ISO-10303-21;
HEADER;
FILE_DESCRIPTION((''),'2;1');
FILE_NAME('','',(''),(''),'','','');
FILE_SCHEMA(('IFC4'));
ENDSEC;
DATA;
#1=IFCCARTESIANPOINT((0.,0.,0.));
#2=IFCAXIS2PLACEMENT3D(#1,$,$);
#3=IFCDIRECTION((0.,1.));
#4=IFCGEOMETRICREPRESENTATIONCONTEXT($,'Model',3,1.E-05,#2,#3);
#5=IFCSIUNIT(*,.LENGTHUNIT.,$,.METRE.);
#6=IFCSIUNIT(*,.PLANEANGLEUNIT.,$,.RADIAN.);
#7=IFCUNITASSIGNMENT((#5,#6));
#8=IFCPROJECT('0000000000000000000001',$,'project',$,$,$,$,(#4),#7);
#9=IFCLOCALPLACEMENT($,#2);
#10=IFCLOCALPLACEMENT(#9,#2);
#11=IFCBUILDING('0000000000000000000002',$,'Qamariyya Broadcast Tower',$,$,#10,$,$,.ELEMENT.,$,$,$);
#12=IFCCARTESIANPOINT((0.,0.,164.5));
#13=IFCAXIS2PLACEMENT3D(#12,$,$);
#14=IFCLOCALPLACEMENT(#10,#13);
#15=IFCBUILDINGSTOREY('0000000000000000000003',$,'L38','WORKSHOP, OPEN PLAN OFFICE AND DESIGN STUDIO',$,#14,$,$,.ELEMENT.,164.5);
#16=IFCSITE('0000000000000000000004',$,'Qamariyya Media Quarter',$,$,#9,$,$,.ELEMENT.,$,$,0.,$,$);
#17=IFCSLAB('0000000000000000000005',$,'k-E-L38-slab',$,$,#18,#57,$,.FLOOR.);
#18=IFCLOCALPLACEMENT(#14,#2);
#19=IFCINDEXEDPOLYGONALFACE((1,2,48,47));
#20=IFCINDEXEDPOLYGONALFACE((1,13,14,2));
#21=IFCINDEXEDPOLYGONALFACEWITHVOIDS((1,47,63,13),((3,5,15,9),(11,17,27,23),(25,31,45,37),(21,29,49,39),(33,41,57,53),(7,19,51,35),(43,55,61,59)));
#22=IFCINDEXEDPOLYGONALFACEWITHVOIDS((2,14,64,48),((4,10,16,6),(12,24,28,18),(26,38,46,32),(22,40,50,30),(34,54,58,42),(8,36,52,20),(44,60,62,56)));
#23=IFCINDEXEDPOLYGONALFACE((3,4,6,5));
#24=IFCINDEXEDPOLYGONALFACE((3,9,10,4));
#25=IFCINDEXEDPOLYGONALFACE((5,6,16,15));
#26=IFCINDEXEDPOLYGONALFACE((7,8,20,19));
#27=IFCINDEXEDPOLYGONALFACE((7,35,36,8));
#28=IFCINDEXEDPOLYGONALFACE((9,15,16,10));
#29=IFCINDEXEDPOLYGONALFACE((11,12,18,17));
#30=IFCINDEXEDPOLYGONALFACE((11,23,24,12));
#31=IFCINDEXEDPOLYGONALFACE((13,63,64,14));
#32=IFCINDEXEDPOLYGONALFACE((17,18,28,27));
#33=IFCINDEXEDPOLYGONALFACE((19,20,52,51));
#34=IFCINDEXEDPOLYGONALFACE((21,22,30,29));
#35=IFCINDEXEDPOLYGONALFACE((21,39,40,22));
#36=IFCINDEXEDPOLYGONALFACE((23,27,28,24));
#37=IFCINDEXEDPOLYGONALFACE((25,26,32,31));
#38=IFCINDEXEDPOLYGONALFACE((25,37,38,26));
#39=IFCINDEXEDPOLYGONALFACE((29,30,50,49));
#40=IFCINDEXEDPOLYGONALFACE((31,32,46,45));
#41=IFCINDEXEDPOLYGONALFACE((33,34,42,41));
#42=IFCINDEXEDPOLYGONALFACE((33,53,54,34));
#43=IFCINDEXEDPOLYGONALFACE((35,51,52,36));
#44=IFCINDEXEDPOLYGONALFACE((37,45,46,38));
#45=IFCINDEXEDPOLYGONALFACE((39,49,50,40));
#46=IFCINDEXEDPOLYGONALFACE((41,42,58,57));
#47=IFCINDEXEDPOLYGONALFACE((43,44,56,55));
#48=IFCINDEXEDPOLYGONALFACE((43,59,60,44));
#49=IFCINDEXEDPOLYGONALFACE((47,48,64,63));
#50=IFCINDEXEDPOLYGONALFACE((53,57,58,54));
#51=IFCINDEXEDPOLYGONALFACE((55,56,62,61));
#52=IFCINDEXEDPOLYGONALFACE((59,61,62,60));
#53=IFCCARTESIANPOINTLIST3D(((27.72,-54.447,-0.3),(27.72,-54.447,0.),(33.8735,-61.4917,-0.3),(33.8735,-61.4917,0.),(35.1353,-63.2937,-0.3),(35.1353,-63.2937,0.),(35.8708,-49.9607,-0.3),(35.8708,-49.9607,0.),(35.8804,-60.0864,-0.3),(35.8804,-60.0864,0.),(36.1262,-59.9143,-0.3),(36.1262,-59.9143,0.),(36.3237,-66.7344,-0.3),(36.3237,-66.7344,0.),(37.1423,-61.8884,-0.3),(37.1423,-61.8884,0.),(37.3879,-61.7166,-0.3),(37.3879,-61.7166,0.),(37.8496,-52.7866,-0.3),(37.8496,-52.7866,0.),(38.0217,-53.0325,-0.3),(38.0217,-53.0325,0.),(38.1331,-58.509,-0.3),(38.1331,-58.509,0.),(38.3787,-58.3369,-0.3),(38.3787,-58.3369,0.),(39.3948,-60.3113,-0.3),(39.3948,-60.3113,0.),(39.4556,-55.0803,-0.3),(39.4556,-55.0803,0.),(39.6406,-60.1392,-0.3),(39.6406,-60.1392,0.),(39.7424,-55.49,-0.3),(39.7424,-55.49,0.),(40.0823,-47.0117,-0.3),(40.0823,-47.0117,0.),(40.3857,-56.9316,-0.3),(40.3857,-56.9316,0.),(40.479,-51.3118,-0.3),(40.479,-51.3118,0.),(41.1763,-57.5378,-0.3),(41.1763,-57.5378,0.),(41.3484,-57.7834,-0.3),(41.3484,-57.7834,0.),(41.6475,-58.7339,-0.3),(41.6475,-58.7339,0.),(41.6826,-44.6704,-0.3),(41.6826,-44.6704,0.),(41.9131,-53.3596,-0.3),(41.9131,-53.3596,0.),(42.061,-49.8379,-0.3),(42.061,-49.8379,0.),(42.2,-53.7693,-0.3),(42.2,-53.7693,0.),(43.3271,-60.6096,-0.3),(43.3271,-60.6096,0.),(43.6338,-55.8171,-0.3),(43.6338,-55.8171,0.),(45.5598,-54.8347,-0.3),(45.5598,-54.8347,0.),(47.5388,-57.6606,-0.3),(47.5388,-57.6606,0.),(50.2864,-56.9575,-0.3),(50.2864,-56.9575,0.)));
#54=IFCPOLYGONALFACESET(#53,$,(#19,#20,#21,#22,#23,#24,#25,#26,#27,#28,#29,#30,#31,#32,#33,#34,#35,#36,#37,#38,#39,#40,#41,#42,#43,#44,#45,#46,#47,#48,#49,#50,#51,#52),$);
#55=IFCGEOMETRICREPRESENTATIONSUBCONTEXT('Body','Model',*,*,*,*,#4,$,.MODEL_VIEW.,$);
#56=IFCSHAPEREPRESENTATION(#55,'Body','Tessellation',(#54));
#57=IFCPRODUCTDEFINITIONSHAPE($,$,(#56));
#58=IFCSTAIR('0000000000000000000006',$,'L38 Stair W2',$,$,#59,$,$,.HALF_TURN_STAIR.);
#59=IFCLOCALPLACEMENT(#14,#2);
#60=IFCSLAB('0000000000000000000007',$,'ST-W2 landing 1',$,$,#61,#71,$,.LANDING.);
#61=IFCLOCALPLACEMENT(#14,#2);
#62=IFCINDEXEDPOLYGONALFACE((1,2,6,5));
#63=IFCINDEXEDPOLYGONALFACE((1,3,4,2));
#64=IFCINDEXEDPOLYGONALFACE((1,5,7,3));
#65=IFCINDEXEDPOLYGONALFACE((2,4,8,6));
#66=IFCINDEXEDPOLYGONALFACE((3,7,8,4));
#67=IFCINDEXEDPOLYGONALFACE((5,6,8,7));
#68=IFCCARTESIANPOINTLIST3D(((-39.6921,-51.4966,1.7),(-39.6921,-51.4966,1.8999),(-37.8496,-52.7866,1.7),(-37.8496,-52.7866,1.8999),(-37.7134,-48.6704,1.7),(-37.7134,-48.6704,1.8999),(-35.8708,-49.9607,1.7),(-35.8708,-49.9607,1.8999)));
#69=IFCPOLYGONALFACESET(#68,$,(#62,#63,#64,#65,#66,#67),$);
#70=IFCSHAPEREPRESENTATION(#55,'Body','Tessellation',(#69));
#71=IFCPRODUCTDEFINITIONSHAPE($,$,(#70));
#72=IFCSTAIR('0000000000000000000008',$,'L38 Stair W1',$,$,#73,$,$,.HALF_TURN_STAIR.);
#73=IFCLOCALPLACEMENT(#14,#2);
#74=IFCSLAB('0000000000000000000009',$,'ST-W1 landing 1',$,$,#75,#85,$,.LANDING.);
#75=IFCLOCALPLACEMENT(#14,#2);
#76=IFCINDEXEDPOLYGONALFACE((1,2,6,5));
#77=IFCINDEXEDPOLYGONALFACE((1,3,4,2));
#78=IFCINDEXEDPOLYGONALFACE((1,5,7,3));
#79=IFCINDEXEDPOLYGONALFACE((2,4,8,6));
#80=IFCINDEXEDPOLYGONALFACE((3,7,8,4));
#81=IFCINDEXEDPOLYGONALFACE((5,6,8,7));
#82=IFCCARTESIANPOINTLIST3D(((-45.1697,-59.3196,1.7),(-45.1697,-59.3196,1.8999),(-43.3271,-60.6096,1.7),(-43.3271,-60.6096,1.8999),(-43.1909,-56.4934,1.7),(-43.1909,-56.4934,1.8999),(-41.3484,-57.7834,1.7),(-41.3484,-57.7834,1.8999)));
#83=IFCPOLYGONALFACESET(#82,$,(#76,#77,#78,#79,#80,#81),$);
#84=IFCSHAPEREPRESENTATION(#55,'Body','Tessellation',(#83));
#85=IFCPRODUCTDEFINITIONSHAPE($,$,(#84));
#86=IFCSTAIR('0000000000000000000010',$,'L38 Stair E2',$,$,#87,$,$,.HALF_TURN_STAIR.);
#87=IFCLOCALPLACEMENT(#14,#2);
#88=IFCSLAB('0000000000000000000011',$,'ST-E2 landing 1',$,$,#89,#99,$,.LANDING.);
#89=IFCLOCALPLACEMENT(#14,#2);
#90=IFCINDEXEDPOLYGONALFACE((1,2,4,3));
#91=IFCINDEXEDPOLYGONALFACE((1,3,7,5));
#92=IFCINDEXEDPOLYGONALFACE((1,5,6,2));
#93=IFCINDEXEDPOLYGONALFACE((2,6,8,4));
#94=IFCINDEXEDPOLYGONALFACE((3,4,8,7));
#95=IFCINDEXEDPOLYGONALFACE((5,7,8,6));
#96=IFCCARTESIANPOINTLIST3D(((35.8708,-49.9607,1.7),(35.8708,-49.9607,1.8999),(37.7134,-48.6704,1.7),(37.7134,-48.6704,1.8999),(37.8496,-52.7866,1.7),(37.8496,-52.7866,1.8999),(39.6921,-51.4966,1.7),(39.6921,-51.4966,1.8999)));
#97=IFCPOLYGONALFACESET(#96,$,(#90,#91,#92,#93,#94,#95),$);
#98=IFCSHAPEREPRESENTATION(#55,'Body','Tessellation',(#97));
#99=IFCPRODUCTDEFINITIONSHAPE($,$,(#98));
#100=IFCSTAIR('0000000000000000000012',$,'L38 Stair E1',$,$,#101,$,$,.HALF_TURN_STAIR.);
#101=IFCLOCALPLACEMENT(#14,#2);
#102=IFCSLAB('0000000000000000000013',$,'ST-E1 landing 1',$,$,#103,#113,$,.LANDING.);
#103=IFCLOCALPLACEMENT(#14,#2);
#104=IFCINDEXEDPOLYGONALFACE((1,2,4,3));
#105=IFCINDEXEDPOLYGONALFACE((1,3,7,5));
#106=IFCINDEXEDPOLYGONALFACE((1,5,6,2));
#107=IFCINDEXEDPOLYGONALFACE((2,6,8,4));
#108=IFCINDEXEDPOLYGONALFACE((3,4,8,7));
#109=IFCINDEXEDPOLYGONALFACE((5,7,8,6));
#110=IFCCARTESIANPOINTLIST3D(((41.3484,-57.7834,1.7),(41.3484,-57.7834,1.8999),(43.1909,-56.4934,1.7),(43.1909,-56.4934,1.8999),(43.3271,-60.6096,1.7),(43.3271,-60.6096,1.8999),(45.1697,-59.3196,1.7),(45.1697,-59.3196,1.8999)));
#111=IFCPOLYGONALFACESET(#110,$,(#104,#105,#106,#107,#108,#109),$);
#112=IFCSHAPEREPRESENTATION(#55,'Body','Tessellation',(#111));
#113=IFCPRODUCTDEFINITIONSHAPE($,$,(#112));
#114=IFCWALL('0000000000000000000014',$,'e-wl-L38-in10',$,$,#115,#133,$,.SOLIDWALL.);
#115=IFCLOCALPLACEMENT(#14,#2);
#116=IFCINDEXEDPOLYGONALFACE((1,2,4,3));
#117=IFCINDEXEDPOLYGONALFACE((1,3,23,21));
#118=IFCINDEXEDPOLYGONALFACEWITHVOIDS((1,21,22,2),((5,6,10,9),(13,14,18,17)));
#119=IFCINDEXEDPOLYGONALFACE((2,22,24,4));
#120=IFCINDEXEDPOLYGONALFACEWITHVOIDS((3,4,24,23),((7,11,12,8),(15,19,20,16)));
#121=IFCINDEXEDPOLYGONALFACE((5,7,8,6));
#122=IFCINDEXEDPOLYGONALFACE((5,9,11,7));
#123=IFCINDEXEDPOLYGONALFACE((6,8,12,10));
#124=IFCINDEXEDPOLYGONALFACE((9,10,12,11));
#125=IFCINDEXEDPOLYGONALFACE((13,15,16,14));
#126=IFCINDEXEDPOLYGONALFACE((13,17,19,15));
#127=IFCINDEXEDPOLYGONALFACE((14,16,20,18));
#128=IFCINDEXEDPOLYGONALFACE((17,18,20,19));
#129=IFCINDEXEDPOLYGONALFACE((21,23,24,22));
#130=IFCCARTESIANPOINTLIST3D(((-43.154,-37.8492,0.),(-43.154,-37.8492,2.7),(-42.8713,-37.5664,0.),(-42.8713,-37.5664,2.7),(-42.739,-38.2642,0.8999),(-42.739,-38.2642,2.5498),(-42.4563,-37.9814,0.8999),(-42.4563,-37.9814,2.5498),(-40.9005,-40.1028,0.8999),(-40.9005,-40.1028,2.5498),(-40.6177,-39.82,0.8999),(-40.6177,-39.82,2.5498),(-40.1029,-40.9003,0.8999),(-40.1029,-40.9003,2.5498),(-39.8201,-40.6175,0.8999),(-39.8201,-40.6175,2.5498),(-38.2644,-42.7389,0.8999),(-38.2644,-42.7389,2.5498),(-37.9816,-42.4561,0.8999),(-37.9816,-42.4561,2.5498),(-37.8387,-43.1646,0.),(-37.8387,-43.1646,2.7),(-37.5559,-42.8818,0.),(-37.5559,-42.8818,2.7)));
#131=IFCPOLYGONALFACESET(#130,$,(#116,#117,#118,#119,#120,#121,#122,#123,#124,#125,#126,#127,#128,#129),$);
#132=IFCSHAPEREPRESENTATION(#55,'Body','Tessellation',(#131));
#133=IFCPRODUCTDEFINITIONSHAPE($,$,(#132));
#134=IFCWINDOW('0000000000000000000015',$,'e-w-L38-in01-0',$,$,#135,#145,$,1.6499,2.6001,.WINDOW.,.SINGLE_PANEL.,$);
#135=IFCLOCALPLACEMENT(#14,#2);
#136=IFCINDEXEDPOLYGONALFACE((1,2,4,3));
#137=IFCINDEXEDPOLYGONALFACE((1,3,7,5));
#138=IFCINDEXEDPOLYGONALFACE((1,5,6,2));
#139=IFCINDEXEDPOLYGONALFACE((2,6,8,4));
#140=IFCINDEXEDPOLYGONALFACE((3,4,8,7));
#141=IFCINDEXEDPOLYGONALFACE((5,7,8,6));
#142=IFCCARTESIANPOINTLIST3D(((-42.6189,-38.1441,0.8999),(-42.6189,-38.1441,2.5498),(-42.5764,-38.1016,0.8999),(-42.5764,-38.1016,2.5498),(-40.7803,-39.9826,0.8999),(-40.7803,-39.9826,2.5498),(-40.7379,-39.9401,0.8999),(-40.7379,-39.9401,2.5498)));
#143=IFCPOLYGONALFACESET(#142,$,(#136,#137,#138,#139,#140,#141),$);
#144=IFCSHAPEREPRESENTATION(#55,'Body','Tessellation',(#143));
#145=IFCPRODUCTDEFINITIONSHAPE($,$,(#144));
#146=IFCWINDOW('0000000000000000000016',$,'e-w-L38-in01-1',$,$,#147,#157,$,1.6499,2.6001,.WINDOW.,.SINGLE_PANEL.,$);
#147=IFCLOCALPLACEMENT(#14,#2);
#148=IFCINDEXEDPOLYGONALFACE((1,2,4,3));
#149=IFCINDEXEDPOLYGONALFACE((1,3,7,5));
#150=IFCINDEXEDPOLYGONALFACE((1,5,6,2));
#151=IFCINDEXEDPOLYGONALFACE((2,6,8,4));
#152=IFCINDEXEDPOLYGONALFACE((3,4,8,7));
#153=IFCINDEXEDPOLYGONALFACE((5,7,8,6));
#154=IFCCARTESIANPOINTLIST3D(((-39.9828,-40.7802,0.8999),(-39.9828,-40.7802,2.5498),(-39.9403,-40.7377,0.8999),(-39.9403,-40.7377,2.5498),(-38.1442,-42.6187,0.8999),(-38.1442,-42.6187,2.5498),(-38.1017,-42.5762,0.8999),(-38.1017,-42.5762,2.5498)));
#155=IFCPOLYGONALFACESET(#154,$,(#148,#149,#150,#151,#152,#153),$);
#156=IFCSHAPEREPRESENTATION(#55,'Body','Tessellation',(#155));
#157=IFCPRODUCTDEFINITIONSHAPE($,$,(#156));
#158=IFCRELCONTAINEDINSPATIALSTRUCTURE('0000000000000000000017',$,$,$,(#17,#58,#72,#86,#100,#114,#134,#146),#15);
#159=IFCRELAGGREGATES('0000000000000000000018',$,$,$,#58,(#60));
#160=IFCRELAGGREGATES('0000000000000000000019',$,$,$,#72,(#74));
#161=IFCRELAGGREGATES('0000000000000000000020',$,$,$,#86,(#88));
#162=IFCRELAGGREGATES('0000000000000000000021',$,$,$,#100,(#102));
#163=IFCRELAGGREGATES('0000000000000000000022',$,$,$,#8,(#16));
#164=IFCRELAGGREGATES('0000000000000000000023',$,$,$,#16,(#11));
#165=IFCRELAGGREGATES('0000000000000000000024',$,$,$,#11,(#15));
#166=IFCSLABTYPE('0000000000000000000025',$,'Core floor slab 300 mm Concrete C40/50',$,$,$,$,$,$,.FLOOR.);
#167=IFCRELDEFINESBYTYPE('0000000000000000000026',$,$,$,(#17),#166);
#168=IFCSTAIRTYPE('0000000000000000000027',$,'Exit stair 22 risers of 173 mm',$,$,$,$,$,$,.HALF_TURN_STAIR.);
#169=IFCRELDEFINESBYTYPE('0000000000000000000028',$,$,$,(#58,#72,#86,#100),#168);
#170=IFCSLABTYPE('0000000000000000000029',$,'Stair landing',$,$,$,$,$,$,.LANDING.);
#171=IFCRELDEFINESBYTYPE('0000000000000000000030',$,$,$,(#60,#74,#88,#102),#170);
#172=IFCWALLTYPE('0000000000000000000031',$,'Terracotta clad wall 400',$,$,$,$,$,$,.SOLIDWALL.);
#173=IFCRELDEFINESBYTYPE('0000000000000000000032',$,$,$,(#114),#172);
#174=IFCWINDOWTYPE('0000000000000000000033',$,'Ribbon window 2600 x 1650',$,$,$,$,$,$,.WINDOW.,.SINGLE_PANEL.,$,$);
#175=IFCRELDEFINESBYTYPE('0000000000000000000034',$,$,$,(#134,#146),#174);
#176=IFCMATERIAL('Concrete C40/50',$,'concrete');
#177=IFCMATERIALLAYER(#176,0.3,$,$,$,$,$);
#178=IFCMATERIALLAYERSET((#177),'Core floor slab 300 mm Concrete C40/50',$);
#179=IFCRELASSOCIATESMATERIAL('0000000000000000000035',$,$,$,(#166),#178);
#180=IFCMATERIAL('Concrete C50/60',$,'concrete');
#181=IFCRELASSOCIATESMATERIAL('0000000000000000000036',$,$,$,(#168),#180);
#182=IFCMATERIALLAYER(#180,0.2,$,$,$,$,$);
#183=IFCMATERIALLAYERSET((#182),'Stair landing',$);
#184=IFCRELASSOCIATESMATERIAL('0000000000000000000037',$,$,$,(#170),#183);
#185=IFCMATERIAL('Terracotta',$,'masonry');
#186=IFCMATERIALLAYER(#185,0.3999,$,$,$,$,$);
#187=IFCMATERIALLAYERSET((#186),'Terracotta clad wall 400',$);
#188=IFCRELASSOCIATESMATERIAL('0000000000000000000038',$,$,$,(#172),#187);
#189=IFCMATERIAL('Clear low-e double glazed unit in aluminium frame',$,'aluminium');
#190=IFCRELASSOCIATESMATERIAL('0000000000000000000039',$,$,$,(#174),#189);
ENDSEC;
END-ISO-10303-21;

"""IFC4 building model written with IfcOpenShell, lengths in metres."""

from ifc_helpers import new_model, si_unit, direction, frame, frame_2d, origin, place, context, subcontext, project, spatial, polyline, rectangle, outline, extrude, material, layer, layer_set, type_object, element, fill, aggregate, save


model = new_model("IFC4")

# Units and contexts
model_context = context("Model", 3, precision=1e-05, world=origin(), true_north=direction((0.0, 1.0)))
body_context = subcontext(model_context, "Body", "Model", "MODEL_VIEW")
ifc_project = project(units=[si_unit("LENGTHUNIT", "METRE"), si_unit("PLANEANGLEUNIT", "RADIAN")], contexts=[model_context])

# Site, building, storey
site_placement = place(None, origin())
site = spatial("IfcSite", under=ifc_project, at=site_placement, Name="Qamariyya Media Quarter", CompositionType="ELEMENT", RefElevation=0.0)
building_placement = place(site_placement, origin())
building = spatial("IfcBuilding", under=site, at=building_placement, Name="Qamariyya Broadcast Tower", CompositionType="ELEMENT")
storey_placement = place(building_placement, frame((0.0, 0.0, 164.5)))
storey = spatial("IfcBuildingStorey", under=building, at=storey_placement, Name="L38", Description="WORKSHOP, OPEN PLAN OFFICE AND DESIGN STUDIO", CompositionType="ELEMENT", Elevation=164.5)

# Shared definitions
ifc_material_1 = material(Name="Concrete C40/50", Category="concrete")

# Slab
ifc_layer_1 = layer(ifc_material_1, 0.3)
ifc_layer_set_1 = layer_set([ifc_layer_1], Name="Core floor slab 300 mm Concrete C40/50")
slab_type_1 = type_object("IfcSlabType", Name="Core floor slab 300 mm Concrete C40/50", PredefinedType="FLOOR", material=ifc_layer_set_1)
slab_1_placement = place(storey_placement, frame((0.0, 0.0, -0.3)))
element("IfcSlab", 1, at=slab_1_placement, inside=storey, type_object=slab_type_1, Name="k-E-L38-slab", PredefinedType="FLOOR", context=body_context, shape_type="SweptSolid", body=[
    extrude(outline(polyline([(36.3237, -66.7344), (50.2864, -56.9575), (41.6826, -44.6704), (27.72, -54.447), (36.3237, -66.7344)]), holes=[polyline([(33.8735, -61.4917), (35.8804, -60.0864), (37.1423, -61.8884), (35.1353, -63.2937), (33.8735, -61.4917)]), polyline([(36.1262, -59.9143), (38.1331, -58.509), (39.3948, -60.3113), (37.3879, -61.7166), (36.1262, -59.9143)]), polyline([(38.3787, -58.3369), (40.3857, -56.9316), (41.6475, -58.7339), (39.6406, -60.1392), (38.3787, -58.3369)]), polyline([(39.7424, -55.49), (42.2, -53.7693), (43.6338, -55.8171), (41.1763, -57.5378), (39.7424, -55.49)]), polyline([(39.4556, -55.0803), (41.9131, -53.3596), (40.479, -51.3118), (38.0217, -53.0325), (39.4556, -55.0803)]), polyline([(40.0823, -47.0117), (35.8708, -49.9607), (37.8496, -52.7866), (42.061, -49.8379), (40.0823, -47.0117)]), polyline([(45.5598, -54.8347), (41.3484, -57.7834), (43.3271, -60.6096), (47.5388, -57.6606), (45.5598, -54.8347)])]), origin(), (0.0, 0.0, 1.0), 0.3),
])

# Stairs, slabs
ifc_material_2 = material(Name="Concrete C50/60", Category="concrete")
stair_type = type_object("IfcStairType", Name="Exit stair 22 risers of 173 mm", PredefinedType="HALF_TURN_STAIR", material=ifc_material_2)
stair_1_placement = place(storey_placement, origin())
stair_1 = element("IfcStair", 2, at=stair_1_placement, inside=storey, type_object=stair_type, Name="L38 Stair W2", PredefinedType="HALF_TURN_STAIR")
ifc_layer_2 = layer(ifc_material_2, 0.2)
ifc_layer_set_2 = layer_set([ifc_layer_2], Name="Stair landing")
slab_type_2 = type_object("IfcSlabType", Name="Stair landing", PredefinedType="LANDING", material=ifc_layer_set_2)
slab_2_placement = place(storey_placement, frame((0.0, 0.0, 1.7)))
slab_2 = element("IfcSlab", 3, at=slab_2_placement, type_object=slab_type_2, Name="ST-W2 landing 1", PredefinedType="LANDING", context=body_context, shape_type="SweptSolid", body=[
    extrude(outline(polyline([(-39.6921, -51.4966), (-37.8496, -52.7866), (-35.8708, -49.9607), (-37.7134, -48.6704), (-39.6921, -51.4966)])), origin(), (0.0, 0.0, 1.0), 0.2),
])
aggregate(stair_1, [slab_2])
stair_2_placement = place(storey_placement, origin())
stair_2 = element("IfcStair", 4, at=stair_2_placement, inside=storey, type_object=stair_type, Name="L38 Stair W1", PredefinedType="HALF_TURN_STAIR")
slab_3_placement = place(storey_placement, frame((0.0, 0.0, 1.7)))
slab_3 = element("IfcSlab", 5, at=slab_3_placement, type_object=slab_type_2, Name="ST-W1 landing 1", PredefinedType="LANDING", context=body_context, shape_type="SweptSolid", body=[
    extrude(outline(polyline([(-45.1697, -59.3196), (-43.3271, -60.6096), (-41.3484, -57.7834), (-43.1909, -56.4934), (-45.1697, -59.3196)])), origin(), (0.0, 0.0, 1.0), 0.2),
])
aggregate(stair_2, [slab_3])
stair_3_placement = place(storey_placement, origin())
stair_3 = element("IfcStair", 6, at=stair_3_placement, inside=storey, type_object=stair_type, Name="L38 Stair E2", PredefinedType="HALF_TURN_STAIR")
slab_4_placement = place(storey_placement, frame((0.0, 0.0, 1.7)))
slab_4 = element("IfcSlab", 7, at=slab_4_placement, type_object=slab_type_2, Name="ST-E2 landing 1", PredefinedType="LANDING", context=body_context, shape_type="SweptSolid", body=[
    extrude(outline(polyline([(37.7134, -48.6704), (35.8708, -49.9607), (37.8496, -52.7866), (39.6921, -51.4966), (37.7134, -48.6704)])), origin(), (0.0, 0.0, 1.0), 0.2),
])
aggregate(stair_3, [slab_4])
stair_4_placement = place(storey_placement, origin())
stair_4 = element("IfcStair", 8, at=stair_4_placement, inside=storey, type_object=stair_type, Name="L38 Stair E1", PredefinedType="HALF_TURN_STAIR")
slab_5_placement = place(storey_placement, frame((0.0, 0.0, 1.7)))
slab_5 = element("IfcSlab", 9, at=slab_5_placement, type_object=slab_type_2, Name="ST-E1 landing 1", PredefinedType="LANDING", context=body_context, shape_type="SweptSolid", body=[
    extrude(outline(polyline([(43.1909, -56.4934), (41.3484, -57.7834), (43.3271, -60.6096), (45.1697, -59.3196), (43.1909, -56.4934)])), origin(), (0.0, 0.0, 1.0), 0.2),
])
aggregate(stair_4, [slab_5])

# Wall, openings, windows
ifc_material_3 = material(Name="Terracotta", Category="masonry")
ifc_layer_3 = layer(ifc_material_3, 0.3999)
ifc_layer_set_3 = layer_set([ifc_layer_3], Name="Terracotta clad wall 400")
wall_type = type_object("IfcWallType", Name="Terracotta clad wall 400", PredefinedType="SOLIDWALL", material=ifc_layer_set_3)
wall_1_placement = place(storey_placement, frame((-37.6973, -43.0232, 0.0), z_axis=(0.0, 0.0, 1.0), x_axis=(-0.707107, 0.707107, 0.0)))
wall_1 = element("IfcWall", 10, at=wall_1_placement, inside=storey, type_object=wall_type, Name="e-wl-L38-in10", PredefinedType="SOLIDWALL", context=body_context, shape_type="SweptSolid", body=[
    extrude(rectangle(XDim=7.5171, YDim=0.3999, at=frame_2d((3.7585, 0.0))), origin(), (0.0, 0.0, 1.0), 2.7),
])
opening_1_placement = place(wall_1_placement, frame((4.3301, 0.0, 0.8999)))
opening_1 = element("IfcOpeningElement", 11, at=opening_1_placement, cuts=wall_1, PredefinedType="OPENING", context=body_context, shape_type="SweptSolid", body=[
    extrude(rectangle(XDim=2.6001, YDim=1.6499, at=frame_2d((1.3, 0.825))), frame((0.0, 0.21, 0.0), z_axis=(0.0, -1.0, 0.0), x_axis=(1.0, 0.0, 0.0)), (0.0, 0.0, 1.0), 0.4199),
])
opening_2_placement = place(wall_1_placement, frame((0.6021, 0.0, 0.8999)))
opening_2 = element("IfcOpeningElement", 12, at=opening_2_placement, cuts=wall_1, PredefinedType="OPENING", context=body_context, shape_type="SweptSolid", body=[
    extrude(rectangle(XDim=2.6001, YDim=1.6499, at=frame_2d((1.3, 0.825))), frame((0.0, 0.21, 0.0), z_axis=(0.0, -1.0, 0.0), x_axis=(1.0, 0.0, 0.0)), (0.0, 0.0, 1.0), 0.4199),
])
ifc_material_4 = material(Name="Clear low-e double glazed unit in aluminium frame", Category="aluminium")
window_type = type_object("IfcWindowType", Name="Ribbon window 2600 x 1650", PartitioningType="SINGLE_PANEL", PredefinedType="WINDOW", material=ifc_material_4)
window_1_placement = place(opening_1_placement, origin())
window_1 = element("IfcWindow", 13, at=window_1_placement, inside=storey, type_object=window_type, Name="e-w-L38-in01-0", OverallHeight=1.6499, OverallWidth=2.6001, PartitioningType="SINGLE_PANEL", PredefinedType="WINDOW", context=body_context, shape_type="SweptSolid", body=[
    extrude(rectangle(XDim=2.6001, YDim=1.6499, at=frame_2d((1.3, 0.825))), frame((0.0, 0.03, 0.0), z_axis=(0.0, -1.0, 0.0), x_axis=(1.0, 0.0, 0.0)), (0.0, 0.0, 1.0), 0.0601),
])
fill(opening_1, window_1)
window_2_placement = place(opening_2_placement, origin())
window_2 = element("IfcWindow", 14, at=window_2_placement, inside=storey, type_object=window_type, Name="e-w-L38-in01-1", OverallHeight=1.6499, OverallWidth=2.6001, PartitioningType="SINGLE_PANEL", PredefinedType="WINDOW", context=body_context, shape_type="SweptSolid", body=[
    extrude(rectangle(XDim=2.6001, YDim=1.6499, at=frame_2d((1.3, 0.825))), frame((0.0, 0.03, 0.0), z_axis=(0.0, -1.0, 0.0), x_axis=(1.0, 0.0, 0.0)), (0.0, 0.0, 1.0), 0.0601),
])
fill(opening_2, window_2)

save(model, "model.ifc")
